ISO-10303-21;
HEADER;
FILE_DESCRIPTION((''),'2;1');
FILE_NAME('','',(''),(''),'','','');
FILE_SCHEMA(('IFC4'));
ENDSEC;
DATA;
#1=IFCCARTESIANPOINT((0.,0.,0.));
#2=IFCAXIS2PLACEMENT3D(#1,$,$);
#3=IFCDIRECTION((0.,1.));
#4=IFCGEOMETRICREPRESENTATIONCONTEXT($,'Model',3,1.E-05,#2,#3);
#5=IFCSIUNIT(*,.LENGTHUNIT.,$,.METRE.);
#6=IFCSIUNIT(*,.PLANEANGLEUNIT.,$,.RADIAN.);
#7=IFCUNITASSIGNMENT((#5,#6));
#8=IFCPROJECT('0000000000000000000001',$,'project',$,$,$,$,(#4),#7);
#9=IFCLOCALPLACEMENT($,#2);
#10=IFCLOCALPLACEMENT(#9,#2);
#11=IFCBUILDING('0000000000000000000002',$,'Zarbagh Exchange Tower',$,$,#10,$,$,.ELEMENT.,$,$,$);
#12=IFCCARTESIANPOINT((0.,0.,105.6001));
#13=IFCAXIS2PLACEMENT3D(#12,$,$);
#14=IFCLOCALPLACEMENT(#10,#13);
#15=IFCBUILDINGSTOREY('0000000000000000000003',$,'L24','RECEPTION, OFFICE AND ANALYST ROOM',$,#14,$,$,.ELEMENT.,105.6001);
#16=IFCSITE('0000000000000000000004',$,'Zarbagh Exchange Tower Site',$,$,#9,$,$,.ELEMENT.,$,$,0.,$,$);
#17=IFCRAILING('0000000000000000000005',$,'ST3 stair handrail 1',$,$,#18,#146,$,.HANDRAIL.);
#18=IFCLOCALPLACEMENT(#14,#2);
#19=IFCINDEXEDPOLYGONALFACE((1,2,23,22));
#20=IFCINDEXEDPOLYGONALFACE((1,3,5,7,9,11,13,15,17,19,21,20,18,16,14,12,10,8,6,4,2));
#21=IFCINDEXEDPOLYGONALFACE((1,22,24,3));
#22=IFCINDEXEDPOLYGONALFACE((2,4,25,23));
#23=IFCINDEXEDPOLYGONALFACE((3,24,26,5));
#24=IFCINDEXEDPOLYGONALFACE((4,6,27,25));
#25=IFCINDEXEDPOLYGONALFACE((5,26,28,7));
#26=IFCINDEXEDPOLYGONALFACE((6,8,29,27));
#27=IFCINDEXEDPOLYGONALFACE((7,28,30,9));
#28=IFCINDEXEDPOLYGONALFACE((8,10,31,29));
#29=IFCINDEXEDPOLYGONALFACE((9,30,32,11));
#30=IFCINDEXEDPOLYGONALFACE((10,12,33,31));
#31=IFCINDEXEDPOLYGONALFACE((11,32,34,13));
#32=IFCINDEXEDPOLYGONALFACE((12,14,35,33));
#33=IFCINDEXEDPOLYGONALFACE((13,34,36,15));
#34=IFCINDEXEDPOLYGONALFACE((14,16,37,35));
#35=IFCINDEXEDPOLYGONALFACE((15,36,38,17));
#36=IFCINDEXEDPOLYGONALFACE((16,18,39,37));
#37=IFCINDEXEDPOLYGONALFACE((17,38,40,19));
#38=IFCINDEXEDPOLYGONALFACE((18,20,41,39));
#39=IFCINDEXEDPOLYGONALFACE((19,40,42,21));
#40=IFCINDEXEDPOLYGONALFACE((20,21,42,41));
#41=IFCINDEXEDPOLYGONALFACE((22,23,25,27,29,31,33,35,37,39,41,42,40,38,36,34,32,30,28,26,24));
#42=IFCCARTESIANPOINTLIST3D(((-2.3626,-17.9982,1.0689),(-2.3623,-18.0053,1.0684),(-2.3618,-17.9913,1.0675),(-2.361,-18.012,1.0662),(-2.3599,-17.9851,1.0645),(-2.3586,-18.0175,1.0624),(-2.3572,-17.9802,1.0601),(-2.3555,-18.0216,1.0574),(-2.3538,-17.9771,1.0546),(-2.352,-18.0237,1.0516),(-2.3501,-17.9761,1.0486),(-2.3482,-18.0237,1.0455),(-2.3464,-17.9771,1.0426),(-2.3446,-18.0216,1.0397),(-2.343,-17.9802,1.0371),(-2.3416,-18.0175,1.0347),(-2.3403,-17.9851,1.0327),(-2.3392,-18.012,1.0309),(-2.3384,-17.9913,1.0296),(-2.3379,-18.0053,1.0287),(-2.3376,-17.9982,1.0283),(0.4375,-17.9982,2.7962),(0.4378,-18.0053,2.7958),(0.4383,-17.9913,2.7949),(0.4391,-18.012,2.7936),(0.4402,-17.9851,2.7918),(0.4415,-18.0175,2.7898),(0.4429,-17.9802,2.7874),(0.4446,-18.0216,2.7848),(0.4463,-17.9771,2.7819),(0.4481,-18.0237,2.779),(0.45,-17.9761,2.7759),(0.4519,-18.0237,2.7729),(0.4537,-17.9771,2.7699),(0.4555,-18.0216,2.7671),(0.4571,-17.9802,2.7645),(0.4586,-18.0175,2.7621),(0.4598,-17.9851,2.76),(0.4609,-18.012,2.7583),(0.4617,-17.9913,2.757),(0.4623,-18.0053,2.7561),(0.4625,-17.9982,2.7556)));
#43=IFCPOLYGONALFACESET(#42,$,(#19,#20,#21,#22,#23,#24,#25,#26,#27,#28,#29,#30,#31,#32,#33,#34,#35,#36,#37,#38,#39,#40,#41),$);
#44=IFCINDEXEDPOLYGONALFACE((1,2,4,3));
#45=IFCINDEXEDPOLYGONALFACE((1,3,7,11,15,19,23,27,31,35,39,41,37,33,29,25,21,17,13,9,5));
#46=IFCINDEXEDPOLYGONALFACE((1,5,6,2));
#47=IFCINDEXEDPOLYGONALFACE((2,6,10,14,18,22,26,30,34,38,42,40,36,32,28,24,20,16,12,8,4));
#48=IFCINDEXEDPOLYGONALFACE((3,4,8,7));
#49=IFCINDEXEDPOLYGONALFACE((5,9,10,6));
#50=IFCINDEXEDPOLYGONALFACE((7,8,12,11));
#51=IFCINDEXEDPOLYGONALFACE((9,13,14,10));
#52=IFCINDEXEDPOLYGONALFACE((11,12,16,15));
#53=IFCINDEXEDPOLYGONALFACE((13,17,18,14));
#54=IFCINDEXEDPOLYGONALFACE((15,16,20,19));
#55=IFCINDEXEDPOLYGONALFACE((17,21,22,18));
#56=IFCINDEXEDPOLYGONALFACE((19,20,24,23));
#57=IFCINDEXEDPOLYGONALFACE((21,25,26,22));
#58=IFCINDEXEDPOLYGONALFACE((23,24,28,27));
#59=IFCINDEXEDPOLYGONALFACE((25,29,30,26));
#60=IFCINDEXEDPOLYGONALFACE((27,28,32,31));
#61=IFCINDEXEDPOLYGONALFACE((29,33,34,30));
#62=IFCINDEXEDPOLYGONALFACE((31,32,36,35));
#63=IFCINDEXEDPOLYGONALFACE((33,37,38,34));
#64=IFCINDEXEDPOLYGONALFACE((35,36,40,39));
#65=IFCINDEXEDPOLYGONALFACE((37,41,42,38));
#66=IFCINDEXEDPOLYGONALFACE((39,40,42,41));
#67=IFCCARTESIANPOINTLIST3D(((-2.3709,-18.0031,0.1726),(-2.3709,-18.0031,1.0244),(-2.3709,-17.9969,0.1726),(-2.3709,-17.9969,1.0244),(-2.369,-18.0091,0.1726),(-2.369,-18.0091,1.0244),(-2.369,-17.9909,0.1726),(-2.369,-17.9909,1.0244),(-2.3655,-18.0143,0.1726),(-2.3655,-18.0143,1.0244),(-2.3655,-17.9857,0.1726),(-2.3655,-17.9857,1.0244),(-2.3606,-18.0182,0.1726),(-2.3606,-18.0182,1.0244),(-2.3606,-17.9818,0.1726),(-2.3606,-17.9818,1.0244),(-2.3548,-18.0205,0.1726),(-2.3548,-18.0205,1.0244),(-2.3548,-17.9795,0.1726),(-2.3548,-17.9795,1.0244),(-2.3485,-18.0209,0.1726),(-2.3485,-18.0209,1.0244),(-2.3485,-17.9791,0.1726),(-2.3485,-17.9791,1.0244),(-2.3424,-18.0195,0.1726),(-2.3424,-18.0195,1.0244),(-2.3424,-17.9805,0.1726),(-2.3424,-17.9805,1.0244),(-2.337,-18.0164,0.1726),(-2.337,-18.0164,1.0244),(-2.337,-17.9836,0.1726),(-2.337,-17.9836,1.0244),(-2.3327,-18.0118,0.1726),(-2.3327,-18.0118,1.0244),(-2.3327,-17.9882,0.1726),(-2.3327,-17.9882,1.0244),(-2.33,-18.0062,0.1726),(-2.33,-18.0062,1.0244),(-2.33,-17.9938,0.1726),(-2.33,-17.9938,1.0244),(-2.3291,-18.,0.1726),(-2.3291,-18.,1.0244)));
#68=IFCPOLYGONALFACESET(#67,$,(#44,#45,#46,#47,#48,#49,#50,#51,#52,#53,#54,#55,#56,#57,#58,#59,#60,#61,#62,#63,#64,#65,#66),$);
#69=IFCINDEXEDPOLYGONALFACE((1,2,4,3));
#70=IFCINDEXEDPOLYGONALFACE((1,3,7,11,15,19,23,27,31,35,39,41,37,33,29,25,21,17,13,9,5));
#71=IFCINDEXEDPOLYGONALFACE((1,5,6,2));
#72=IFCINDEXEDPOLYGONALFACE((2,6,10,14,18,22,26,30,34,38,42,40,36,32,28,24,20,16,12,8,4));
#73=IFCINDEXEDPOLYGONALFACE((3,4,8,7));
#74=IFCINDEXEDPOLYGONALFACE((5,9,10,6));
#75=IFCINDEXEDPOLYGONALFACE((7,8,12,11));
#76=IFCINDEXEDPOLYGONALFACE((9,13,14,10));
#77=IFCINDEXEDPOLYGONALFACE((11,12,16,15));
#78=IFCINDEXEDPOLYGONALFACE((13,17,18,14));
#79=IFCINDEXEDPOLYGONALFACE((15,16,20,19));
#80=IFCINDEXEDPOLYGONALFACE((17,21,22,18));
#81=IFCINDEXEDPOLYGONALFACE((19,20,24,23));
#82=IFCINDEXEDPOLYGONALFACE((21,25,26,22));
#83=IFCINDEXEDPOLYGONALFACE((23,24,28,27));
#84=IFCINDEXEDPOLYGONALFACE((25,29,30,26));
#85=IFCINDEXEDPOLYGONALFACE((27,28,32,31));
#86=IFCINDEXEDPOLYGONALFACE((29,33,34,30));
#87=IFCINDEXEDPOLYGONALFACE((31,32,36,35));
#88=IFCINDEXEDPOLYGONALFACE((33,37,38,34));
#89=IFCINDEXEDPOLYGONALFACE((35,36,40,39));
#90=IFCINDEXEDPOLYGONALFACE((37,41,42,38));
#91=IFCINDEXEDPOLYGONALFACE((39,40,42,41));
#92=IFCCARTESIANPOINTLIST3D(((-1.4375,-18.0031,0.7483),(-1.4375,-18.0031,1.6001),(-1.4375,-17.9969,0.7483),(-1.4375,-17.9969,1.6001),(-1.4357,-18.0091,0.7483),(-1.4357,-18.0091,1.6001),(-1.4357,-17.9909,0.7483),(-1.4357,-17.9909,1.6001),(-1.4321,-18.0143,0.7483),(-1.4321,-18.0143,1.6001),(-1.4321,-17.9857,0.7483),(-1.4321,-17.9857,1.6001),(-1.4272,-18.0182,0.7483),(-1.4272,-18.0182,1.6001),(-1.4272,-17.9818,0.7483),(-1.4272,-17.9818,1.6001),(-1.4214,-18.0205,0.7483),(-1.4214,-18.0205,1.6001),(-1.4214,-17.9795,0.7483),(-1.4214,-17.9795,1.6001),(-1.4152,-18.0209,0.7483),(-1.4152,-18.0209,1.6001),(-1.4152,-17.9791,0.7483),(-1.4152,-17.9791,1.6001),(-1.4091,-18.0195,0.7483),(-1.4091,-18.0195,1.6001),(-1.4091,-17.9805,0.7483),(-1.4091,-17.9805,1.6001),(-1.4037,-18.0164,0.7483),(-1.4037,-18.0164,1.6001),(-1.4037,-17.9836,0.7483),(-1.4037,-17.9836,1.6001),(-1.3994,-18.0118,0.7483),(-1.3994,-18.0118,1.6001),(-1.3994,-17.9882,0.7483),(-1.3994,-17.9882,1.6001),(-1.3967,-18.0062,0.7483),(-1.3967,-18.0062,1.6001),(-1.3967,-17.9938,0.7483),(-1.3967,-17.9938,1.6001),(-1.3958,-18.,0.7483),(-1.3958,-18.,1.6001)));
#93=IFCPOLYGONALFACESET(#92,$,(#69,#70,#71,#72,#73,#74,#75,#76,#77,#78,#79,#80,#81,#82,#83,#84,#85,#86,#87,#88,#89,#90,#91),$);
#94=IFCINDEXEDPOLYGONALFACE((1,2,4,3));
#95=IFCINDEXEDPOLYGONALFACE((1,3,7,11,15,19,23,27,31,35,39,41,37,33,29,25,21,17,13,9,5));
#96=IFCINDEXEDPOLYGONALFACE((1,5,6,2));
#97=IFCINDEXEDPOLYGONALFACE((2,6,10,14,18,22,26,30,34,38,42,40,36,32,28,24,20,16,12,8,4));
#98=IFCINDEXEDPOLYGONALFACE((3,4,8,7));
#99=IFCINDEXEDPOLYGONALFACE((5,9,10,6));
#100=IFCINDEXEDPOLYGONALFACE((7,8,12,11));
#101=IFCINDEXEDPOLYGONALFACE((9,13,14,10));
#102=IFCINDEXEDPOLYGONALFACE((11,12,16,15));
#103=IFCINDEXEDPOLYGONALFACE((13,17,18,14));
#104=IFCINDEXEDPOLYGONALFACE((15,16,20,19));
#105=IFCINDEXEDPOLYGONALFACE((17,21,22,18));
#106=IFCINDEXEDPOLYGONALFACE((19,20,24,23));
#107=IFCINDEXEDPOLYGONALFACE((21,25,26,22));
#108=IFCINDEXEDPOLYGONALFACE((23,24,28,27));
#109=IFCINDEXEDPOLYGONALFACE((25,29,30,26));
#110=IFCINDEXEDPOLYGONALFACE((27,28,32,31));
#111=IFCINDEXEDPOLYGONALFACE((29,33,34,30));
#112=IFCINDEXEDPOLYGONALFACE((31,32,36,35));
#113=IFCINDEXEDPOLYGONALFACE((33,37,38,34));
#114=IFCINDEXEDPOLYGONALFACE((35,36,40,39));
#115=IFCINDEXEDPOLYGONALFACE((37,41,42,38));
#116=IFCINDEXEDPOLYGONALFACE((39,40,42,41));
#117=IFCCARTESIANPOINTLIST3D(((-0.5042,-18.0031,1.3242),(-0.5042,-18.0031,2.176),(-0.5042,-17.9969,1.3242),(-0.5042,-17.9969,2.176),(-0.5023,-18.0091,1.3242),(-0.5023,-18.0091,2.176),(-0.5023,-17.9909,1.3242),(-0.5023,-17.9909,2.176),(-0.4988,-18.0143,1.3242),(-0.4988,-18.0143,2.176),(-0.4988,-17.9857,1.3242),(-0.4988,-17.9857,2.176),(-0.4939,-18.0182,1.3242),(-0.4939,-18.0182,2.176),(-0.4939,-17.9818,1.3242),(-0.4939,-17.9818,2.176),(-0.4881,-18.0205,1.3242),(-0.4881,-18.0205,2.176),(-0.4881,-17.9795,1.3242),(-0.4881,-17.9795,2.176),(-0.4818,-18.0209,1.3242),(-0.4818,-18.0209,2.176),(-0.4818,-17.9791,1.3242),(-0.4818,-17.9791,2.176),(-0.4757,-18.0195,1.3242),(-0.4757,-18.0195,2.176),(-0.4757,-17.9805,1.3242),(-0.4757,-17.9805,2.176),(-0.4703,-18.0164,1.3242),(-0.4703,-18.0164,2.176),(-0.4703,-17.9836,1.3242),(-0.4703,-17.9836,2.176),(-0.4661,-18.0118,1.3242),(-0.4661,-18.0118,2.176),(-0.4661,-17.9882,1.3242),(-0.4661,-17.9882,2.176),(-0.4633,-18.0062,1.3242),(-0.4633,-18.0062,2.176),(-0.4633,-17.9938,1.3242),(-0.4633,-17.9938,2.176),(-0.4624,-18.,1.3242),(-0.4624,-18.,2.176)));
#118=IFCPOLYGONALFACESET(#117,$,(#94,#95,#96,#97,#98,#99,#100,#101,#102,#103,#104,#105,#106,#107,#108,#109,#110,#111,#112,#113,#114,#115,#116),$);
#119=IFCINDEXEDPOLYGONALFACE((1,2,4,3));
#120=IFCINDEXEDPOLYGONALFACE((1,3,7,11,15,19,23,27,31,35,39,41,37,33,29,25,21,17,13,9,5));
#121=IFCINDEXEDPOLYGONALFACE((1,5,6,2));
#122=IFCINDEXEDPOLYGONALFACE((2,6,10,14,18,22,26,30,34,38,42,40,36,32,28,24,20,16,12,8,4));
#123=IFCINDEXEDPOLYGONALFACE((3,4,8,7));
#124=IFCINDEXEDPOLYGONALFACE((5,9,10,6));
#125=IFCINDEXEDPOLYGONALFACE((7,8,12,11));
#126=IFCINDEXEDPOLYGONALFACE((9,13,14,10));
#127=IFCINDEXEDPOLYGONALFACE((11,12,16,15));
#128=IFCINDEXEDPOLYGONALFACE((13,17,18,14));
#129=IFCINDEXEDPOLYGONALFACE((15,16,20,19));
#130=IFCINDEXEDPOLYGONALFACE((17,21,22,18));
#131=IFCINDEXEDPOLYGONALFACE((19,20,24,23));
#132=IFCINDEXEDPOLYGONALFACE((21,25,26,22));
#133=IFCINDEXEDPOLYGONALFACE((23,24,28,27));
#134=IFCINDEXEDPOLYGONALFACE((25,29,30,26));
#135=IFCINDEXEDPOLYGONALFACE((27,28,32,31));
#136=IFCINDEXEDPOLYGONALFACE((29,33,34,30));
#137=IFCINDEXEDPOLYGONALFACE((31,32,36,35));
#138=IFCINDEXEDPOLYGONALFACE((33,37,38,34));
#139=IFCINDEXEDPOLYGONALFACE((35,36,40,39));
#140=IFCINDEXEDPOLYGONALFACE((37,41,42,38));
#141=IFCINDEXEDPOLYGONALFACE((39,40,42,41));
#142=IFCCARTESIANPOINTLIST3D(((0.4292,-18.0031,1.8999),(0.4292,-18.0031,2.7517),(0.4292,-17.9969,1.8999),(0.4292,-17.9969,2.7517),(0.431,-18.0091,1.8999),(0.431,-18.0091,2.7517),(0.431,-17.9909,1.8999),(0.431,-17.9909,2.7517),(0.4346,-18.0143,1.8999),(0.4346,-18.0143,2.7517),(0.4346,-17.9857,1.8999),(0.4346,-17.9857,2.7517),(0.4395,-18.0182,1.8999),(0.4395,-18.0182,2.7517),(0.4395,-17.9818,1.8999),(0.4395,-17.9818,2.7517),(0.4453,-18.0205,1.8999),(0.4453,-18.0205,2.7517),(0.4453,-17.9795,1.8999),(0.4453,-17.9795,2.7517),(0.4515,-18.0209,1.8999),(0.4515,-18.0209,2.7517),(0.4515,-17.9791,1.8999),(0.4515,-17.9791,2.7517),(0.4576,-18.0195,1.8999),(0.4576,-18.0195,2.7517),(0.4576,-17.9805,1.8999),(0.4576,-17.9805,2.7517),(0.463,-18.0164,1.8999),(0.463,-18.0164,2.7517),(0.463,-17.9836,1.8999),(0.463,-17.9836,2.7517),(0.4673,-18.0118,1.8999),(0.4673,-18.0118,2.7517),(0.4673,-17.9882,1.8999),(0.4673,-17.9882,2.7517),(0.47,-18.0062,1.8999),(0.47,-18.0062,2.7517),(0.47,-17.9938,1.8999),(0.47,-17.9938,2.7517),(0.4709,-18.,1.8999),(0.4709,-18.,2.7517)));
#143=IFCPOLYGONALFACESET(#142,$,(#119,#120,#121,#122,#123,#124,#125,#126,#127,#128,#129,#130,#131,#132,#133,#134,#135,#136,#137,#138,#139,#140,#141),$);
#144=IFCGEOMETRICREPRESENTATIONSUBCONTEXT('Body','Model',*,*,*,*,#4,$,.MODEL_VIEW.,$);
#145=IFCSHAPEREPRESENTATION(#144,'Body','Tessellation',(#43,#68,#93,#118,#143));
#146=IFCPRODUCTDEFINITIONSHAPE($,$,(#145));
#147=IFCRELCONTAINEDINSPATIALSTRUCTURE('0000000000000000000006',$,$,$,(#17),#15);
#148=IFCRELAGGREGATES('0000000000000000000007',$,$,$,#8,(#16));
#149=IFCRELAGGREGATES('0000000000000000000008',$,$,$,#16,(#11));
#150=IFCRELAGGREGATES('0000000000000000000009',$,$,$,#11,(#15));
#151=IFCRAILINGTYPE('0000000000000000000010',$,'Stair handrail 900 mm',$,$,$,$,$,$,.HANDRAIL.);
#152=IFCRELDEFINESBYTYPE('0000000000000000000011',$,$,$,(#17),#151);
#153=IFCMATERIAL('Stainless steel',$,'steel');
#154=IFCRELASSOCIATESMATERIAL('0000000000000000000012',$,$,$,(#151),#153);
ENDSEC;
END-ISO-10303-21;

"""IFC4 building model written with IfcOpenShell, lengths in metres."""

from ifc_helpers import new_model, si_unit, direction, frame, origin, origin_2d, place, context, subcontext, project, spatial, circle, extrude, material, type_object, element, save


model = new_model("IFC4")

# Units and contexts
model_context = context("Model", 3, precision=1e-05, world=origin(), true_north=direction((0.0, 1.0)))
body_context = subcontext(model_context, "Body", "Model", "MODEL_VIEW")
ifc_project = project(units=[si_unit("LENGTHUNIT", "METRE"), si_unit("PLANEANGLEUNIT", "RADIAN")], contexts=[model_context])

# Site, building, storey
site_placement = place(None, origin())
site = spatial("IfcSite", under=ifc_project, at=site_placement, Name="Zarbagh Exchange Tower Site", CompositionType="ELEMENT", RefElevation=0.0)
building_placement = place(site_placement, origin())
building = spatial("IfcBuilding", under=site, at=building_placement, Name="Zarbagh Exchange Tower", CompositionType="ELEMENT")
storey_placement = place(building_placement, frame((0.0, 0.0, 105.6001)))
storey = spatial("IfcBuildingStorey", under=building, at=storey_placement, Name="L24", Description="RECEPTION, OFFICE AND ANALYST ROOM", CompositionType="ELEMENT", Elevation=105.6001)

# Shared definitions
ifc_material_1 = material(Name="Stainless steel", Category="steel")

# Railing
railing_type = type_object("IfcRailingType", Name="Stair handrail 900 mm", PredefinedType="HANDRAIL", material=ifc_material_1)
for number, where, name in (
    (1, (-2.3501, -18.0, 0.1726), "ST3 stair handrail 1"),
):
    element("IfcRailing", number, at=place(storey_placement, frame(where)), inside=storey, type_object=railing_type, Name=name, PredefinedType="HANDRAIL", context=body_context, shape_type="SweptSolid", body=[
        extrude(circle(Radius=0.0239, at=origin_2d()), frame((0.0, 0.0, 0.876), z_axis=(0.85109, 0.0, 0.52502), x_axis=(0.0, 1.0, 0.0)), (0.0, 0.0, 1.0), 3.29),
        extrude(circle(Radius=0.021, at=origin_2d()), origin(), (0.0, 0.0, 1.0), 0.8518),
        extrude(circle(Radius=0.021, at=origin_2d()), frame((0.9333, 0.0, 0.5757)), (0.0, 0.0, 1.0), 0.8518),
        extrude(circle(Radius=0.021, at=origin_2d()), frame((1.8667, 0.0, 1.1516)), (0.0, 0.0, 1.0), 0.8518),
        extrude(circle(Radius=0.021, at=origin_2d()), frame((2.8, 0.0, 1.7273)), (0.0, 0.0, 1.0), 0.8518),
    ])

save(model, "model.ifc")
